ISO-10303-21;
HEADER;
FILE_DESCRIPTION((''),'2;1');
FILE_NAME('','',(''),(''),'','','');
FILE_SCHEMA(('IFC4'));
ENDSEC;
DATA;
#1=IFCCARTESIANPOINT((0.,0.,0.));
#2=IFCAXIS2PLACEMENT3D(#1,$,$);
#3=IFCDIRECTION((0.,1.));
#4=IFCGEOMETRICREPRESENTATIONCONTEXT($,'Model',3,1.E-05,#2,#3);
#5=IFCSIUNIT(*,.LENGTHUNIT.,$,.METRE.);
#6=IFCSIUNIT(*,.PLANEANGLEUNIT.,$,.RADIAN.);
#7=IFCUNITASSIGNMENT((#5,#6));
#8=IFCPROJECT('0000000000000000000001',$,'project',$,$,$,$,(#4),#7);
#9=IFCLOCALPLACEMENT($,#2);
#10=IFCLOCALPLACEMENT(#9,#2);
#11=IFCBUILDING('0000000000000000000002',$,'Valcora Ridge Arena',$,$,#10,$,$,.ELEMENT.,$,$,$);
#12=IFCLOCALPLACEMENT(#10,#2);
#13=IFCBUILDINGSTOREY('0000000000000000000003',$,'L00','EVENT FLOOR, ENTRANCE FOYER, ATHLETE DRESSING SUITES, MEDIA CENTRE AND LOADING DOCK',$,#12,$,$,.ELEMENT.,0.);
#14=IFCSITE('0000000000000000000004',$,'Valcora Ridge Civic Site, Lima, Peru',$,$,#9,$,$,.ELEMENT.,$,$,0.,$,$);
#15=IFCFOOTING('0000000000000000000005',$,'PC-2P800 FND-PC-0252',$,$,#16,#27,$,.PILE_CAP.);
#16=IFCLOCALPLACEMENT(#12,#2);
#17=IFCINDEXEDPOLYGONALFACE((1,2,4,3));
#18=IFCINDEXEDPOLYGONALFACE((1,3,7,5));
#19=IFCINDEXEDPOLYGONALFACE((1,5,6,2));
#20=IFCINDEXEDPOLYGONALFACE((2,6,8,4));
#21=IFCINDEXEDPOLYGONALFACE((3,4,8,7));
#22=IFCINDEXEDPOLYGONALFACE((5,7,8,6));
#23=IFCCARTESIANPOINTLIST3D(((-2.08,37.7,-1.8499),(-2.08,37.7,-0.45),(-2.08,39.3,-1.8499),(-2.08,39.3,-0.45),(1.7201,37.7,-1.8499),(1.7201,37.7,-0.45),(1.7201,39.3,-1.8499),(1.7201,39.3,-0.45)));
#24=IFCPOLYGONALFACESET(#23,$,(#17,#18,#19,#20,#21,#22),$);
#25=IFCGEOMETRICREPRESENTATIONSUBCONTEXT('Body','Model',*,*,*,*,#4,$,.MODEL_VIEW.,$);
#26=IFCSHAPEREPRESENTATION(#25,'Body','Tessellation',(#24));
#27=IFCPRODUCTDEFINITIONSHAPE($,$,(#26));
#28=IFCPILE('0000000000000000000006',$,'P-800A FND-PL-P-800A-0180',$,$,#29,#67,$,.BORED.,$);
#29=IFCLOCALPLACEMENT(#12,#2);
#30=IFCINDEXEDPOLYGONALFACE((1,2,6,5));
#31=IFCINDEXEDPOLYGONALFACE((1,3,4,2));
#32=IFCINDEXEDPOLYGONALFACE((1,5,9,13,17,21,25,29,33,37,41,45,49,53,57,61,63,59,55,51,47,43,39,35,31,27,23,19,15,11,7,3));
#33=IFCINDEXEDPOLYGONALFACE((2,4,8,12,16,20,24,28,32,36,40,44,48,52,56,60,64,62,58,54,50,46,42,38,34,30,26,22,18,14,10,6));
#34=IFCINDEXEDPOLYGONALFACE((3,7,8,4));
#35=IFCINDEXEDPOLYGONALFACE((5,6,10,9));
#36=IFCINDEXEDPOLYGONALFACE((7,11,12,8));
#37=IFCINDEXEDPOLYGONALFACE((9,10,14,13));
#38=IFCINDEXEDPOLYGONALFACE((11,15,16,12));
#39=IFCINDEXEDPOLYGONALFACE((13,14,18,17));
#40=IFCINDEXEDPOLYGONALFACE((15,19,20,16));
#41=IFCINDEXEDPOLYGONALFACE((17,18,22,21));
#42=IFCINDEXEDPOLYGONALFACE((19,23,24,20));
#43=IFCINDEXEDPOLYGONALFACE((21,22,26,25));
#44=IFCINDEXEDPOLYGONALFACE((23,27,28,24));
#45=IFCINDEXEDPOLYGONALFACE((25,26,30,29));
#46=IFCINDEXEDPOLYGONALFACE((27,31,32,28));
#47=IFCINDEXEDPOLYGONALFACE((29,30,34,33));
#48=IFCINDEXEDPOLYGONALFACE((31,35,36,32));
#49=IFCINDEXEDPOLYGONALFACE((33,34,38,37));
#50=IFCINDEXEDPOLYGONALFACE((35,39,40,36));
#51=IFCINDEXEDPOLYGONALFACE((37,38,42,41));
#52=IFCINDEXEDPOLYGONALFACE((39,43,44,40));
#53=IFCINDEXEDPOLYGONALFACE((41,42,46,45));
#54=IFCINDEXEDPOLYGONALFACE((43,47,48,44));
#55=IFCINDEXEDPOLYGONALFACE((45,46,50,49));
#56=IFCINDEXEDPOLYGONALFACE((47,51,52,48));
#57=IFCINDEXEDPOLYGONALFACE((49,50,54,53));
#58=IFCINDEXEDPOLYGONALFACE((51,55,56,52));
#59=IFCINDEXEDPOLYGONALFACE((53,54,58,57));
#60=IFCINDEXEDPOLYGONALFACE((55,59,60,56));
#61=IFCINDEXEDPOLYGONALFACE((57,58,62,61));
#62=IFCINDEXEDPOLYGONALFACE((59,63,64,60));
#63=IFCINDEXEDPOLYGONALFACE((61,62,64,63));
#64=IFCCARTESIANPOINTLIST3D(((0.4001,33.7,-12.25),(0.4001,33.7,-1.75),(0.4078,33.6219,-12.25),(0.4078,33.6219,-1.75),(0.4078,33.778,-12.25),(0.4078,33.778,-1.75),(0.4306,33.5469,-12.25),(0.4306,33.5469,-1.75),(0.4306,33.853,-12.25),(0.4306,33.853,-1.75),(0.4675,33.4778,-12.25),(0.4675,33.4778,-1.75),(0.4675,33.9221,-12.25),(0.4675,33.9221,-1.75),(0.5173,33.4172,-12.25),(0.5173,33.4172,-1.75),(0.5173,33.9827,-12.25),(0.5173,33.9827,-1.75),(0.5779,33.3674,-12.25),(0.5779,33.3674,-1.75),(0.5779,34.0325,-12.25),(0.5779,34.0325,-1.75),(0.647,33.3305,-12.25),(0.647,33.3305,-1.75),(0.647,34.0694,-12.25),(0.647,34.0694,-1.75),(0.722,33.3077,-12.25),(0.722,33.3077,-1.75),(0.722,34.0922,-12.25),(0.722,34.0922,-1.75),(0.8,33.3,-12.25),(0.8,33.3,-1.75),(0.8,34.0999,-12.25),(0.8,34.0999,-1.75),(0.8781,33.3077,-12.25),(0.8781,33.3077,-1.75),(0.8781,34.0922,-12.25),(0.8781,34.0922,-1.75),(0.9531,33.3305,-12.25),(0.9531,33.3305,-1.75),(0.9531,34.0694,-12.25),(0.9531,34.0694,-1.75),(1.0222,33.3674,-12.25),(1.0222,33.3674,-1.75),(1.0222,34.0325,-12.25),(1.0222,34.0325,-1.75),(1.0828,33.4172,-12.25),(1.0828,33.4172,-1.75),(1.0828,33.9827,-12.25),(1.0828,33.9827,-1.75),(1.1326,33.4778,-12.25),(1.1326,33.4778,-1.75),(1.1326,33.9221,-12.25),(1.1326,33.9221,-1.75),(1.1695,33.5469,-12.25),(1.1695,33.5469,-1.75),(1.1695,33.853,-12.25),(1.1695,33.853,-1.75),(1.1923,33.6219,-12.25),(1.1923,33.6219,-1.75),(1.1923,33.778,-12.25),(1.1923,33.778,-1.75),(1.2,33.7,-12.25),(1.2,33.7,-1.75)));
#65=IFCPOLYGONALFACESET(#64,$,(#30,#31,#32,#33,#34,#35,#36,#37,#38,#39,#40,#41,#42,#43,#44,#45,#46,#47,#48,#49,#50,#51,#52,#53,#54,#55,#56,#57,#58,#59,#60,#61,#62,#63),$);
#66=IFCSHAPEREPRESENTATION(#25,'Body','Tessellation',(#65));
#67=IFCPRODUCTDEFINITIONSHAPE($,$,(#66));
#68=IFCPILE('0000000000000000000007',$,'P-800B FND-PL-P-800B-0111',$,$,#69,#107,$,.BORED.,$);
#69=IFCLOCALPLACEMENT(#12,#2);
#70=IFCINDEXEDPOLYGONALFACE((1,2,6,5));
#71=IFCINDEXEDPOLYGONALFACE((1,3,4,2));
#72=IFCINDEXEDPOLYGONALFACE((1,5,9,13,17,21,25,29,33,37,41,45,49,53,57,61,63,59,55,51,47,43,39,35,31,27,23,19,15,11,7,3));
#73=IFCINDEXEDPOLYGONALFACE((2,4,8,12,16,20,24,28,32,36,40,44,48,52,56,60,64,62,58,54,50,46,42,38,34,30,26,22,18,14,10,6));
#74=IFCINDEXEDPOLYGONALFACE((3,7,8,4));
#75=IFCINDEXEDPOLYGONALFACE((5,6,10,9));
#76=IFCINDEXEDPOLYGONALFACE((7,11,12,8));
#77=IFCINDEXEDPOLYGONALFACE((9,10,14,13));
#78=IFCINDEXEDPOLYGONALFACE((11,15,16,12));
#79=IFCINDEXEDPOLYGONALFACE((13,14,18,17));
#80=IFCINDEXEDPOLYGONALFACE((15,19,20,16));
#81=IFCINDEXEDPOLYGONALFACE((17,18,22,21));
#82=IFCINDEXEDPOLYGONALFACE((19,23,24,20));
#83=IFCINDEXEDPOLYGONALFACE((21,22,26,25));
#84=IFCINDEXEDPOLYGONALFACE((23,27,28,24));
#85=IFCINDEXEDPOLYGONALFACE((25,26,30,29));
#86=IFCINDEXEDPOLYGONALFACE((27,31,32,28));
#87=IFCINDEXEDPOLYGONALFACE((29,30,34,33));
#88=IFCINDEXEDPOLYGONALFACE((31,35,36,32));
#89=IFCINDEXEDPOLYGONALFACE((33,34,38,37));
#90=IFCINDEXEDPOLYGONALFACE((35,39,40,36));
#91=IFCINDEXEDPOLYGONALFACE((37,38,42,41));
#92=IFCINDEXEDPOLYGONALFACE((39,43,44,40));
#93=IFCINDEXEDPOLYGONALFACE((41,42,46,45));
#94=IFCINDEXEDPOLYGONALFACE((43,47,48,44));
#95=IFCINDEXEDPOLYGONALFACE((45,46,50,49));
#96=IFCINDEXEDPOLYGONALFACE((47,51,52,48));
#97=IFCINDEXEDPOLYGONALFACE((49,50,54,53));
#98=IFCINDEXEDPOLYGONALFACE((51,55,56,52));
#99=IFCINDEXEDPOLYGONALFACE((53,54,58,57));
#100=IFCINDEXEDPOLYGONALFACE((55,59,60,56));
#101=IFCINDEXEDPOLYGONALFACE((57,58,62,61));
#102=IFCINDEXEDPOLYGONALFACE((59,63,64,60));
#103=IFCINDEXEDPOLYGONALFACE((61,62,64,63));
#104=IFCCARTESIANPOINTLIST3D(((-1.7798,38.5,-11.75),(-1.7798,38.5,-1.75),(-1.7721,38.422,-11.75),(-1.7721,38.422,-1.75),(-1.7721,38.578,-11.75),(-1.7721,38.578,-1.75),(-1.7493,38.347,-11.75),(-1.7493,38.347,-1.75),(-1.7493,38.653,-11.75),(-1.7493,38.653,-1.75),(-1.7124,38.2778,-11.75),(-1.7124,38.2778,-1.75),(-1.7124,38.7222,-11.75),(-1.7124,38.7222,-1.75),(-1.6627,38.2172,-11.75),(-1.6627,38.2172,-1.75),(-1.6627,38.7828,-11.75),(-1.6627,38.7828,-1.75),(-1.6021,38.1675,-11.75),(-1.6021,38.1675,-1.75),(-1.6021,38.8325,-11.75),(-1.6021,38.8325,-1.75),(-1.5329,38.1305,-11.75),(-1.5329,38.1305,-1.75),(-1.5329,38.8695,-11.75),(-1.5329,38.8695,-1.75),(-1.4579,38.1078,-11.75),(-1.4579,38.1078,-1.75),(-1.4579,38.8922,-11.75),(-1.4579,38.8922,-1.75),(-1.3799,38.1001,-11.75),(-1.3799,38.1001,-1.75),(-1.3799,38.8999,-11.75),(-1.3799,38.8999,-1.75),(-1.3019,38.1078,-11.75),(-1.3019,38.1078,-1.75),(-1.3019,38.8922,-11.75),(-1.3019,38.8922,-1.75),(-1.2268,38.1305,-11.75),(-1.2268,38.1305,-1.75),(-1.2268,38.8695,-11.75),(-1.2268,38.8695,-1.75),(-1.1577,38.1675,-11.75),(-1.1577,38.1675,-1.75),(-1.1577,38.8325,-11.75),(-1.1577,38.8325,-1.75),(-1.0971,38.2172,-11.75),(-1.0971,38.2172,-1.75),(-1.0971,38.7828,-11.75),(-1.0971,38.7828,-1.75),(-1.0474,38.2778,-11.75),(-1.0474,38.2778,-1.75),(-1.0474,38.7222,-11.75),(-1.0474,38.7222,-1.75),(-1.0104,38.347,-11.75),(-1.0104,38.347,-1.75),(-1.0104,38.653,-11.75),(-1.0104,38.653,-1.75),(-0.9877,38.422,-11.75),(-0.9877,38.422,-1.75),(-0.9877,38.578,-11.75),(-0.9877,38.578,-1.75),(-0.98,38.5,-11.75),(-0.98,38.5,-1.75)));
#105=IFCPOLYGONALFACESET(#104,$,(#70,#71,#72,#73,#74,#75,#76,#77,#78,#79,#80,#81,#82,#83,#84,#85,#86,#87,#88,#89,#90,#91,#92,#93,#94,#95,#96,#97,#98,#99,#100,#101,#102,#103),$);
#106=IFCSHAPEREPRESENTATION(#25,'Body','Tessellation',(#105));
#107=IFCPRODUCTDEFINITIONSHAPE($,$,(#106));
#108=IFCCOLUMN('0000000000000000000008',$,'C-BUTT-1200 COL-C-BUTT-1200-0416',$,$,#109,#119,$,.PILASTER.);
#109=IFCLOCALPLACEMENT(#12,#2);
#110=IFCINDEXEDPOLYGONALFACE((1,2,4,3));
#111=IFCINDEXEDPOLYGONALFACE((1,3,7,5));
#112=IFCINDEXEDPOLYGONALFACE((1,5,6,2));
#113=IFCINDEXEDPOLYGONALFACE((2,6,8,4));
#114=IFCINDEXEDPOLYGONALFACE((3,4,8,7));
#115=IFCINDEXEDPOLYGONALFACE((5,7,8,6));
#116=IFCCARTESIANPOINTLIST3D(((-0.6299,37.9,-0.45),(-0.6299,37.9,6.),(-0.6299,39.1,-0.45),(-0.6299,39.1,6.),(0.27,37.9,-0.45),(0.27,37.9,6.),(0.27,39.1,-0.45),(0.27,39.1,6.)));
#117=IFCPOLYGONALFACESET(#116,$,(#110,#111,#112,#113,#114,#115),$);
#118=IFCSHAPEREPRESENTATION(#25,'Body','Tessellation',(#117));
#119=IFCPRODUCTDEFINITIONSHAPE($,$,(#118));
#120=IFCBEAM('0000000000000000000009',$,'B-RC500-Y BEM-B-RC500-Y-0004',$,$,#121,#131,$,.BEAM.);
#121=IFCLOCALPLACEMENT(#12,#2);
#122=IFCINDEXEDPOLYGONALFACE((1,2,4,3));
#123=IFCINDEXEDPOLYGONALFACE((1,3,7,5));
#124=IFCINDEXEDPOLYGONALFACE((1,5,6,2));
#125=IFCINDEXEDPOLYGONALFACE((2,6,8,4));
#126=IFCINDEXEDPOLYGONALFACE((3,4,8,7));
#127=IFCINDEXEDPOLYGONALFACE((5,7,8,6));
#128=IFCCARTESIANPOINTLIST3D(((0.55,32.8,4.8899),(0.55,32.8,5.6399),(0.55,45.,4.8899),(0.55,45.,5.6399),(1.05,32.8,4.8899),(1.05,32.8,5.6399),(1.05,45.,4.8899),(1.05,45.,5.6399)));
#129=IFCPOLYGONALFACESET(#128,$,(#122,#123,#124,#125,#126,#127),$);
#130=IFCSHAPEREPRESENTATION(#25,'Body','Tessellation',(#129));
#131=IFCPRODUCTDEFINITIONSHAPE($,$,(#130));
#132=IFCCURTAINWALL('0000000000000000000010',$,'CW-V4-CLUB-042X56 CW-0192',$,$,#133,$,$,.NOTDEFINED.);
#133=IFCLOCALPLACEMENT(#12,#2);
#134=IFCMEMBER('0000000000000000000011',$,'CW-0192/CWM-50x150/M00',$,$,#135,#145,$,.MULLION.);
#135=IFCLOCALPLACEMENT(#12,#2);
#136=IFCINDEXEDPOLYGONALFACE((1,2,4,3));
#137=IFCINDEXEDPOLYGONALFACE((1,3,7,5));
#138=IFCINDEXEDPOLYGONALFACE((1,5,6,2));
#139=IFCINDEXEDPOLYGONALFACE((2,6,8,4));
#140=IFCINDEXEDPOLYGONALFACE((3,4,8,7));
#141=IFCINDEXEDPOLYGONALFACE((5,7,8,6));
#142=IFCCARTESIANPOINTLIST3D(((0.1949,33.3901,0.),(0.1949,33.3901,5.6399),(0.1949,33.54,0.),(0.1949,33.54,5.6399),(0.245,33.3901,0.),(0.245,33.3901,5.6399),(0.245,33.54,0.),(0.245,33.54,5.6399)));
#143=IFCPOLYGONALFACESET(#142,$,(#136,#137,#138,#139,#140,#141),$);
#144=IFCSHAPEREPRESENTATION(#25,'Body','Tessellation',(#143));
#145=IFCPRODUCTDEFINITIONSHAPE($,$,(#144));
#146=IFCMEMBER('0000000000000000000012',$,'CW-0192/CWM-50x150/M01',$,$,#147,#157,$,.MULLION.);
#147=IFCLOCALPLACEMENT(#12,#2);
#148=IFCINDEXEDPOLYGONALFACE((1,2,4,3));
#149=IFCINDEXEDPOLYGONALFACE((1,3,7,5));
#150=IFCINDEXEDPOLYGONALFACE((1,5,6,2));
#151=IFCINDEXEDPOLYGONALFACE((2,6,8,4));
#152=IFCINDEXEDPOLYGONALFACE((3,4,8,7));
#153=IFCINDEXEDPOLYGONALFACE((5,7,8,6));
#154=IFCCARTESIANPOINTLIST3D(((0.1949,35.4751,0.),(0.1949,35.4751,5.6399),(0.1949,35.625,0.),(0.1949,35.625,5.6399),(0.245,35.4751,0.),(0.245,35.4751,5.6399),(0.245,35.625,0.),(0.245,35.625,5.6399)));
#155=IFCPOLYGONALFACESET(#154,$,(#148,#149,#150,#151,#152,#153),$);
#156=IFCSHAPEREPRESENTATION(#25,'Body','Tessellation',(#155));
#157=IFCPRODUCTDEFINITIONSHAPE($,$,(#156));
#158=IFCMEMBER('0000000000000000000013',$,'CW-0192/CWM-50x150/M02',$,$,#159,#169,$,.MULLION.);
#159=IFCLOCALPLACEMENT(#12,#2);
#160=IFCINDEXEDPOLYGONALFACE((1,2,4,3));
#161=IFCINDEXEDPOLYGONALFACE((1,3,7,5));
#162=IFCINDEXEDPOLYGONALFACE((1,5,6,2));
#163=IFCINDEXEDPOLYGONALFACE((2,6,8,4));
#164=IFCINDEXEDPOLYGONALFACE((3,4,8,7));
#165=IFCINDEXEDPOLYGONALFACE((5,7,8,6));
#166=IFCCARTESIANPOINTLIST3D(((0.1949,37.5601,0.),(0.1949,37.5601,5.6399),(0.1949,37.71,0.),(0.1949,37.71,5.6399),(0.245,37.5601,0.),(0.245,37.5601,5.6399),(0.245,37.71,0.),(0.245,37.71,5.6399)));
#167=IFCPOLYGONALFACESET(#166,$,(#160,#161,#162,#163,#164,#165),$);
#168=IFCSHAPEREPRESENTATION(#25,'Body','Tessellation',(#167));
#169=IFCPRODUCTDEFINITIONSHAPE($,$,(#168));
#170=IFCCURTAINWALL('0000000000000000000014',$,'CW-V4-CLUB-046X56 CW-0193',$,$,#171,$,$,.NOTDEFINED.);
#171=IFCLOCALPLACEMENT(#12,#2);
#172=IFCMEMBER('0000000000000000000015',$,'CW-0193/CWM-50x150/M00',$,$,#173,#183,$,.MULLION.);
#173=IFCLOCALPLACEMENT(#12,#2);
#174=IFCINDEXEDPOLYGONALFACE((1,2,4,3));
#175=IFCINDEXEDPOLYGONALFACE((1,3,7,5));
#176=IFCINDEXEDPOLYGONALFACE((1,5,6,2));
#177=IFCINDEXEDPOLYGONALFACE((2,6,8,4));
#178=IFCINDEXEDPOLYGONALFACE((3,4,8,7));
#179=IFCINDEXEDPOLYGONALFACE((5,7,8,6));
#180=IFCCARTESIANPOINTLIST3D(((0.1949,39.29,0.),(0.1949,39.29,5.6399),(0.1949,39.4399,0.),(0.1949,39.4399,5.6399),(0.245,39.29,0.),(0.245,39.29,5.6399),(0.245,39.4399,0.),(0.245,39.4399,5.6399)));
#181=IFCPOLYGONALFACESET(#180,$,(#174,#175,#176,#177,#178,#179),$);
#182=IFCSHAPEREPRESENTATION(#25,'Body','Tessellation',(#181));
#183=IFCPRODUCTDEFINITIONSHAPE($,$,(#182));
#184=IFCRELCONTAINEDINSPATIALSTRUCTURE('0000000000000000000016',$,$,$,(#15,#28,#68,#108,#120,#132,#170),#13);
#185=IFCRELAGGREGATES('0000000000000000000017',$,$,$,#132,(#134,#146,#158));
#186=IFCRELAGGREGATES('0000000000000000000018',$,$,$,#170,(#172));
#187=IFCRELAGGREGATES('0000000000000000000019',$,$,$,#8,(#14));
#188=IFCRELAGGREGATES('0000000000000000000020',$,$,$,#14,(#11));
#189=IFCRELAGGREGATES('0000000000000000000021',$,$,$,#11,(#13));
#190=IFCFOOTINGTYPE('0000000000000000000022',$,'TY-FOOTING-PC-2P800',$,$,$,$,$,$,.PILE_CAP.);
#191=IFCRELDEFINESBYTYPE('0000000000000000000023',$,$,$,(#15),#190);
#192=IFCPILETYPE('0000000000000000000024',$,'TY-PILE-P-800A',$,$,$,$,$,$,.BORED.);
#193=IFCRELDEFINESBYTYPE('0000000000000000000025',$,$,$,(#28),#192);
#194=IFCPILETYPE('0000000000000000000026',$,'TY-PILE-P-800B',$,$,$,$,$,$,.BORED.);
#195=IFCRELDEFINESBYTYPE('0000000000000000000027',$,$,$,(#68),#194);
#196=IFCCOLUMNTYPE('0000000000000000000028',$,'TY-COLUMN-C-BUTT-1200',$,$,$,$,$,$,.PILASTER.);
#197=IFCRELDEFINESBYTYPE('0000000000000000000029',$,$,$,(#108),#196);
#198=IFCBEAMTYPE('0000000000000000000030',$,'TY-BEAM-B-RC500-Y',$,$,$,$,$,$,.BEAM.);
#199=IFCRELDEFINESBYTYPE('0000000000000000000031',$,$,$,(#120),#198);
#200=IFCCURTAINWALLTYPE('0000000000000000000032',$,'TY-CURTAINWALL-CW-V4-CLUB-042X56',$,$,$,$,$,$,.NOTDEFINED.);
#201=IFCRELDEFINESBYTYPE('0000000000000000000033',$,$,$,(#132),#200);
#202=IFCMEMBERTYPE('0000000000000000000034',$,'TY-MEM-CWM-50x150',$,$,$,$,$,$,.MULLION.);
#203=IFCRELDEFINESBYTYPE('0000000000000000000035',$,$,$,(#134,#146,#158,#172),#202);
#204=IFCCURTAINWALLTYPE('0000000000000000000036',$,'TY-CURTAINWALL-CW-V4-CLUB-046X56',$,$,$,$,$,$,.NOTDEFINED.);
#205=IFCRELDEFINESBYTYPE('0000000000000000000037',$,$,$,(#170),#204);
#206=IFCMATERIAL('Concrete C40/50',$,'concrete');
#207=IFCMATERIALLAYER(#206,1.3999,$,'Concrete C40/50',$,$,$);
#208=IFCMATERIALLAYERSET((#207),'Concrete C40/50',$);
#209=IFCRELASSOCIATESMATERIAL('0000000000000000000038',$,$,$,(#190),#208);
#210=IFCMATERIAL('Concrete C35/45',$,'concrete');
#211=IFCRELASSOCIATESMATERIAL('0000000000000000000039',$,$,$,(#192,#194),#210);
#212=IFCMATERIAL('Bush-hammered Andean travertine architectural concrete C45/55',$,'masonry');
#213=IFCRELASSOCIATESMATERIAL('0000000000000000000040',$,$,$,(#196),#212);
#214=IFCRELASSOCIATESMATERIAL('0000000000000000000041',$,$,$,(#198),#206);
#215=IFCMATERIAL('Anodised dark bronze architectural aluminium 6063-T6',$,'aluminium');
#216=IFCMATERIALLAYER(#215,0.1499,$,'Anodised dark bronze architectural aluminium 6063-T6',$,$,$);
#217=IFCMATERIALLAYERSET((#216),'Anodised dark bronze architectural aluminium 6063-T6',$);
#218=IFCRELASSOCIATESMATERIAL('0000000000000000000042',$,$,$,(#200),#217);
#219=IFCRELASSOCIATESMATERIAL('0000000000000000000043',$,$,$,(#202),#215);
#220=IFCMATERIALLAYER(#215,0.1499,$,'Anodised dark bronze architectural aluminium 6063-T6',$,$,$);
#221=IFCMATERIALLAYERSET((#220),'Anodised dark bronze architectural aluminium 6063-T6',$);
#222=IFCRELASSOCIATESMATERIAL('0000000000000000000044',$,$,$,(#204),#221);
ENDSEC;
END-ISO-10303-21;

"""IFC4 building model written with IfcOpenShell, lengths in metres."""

from ifc_helpers import new_model, si_unit, direction, frame, origin, origin_2d, place, context, subcontext, project, spatial, rectangle, circle, extrude, material, layer, layer_set, material_profile, profile_set, type_object, element, aggregate, save


model = new_model("IFC4")

# Units and contexts
model_context = context("Model", 3, precision=1e-05, world=origin(), true_north=direction((0.0, 1.0)))
body_context = subcontext(model_context, "Body", "Model", "MODEL_VIEW")
ifc_project = project(units=[si_unit("LENGTHUNIT", "METRE"), si_unit("PLANEANGLEUNIT", "RADIAN")], contexts=[model_context])

# Site, building, storey
site_placement = place(None, origin())
site = spatial("IfcSite", under=ifc_project, at=site_placement, Name="Valcora Ridge Civic Site, Lima, Peru", CompositionType="ELEMENT", RefElevation=0.0)
building_placement = place(site_placement, origin())
building = spatial("IfcBuilding", under=site, at=building_placement, Name="Valcora Ridge Arena", CompositionType="ELEMENT")
storey_placement = place(building_placement, origin())
storey = spatial("IfcBuildingStorey", under=building, at=storey_placement, Name="L00", Description="EVENT FLOOR, ENTRANCE FOYER, ATHLETE DRESSING SUITES, MEDIA CENTRE AND LOADING DOCK", CompositionType="ELEMENT", Elevation=0.0)

# Footing
ifc_material_1 = material(Name="Concrete C40/50", Category="concrete")
ifc_layer_1 = layer(ifc_material_1, 1.3999, Name="Concrete C40/50")
ifc_layer_set_1 = layer_set([ifc_layer_1], Name="Concrete C40/50")
footing_type = type_object("IfcFootingType", Name="TY-FOOTING-PC-2P800", PredefinedType="PILE_CAP", material=ifc_layer_set_1)
footing_placement = place(storey_placement, frame((-0.1799, 38.5, -1.8499), z_axis=(0.0, 0.0, 1.0), x_axis=(1.0, 0.0, 0.0)))
element("IfcFooting", 1, at=footing_placement, inside=storey, type_object=footing_type, Name="PC-2P800 FND-PC-0252", PredefinedType="PILE_CAP", context=body_context, shape_type="SweptSolid", body=[
    extrude(rectangle(XDim=3.8, YDim=1.6001, at=origin_2d()), origin(), (0.0, 0.0, 1.0), 1.3999),
])

# Piles
ifc_material_2 = material(Name="Concrete C35/45", Category="concrete")
ifc_material_profile_1 = material_profile(ifc_material_2, circle(Radius=0.3999, at=origin_2d()), Name="BORED PILE D800")
ifc_profile_set_1 = profile_set([ifc_material_profile_1], Name="Concrete C35/45")
pile_type_1 = type_object("IfcPileType", Name="TY-PILE-P-800A", PredefinedType="BORED", material=ifc_profile_set_1)
pile_1_placement = place(storey_placement, frame((0.8, 33.7, -1.75), z_axis=(0.0, 0.0, -1.0), x_axis=(1.0, 0.0, 0.0)))
element("IfcPile", 2, at=pile_1_placement, inside=storey, type_object=pile_type_1, Name="P-800A FND-PL-P-800A-0180", PredefinedType="BORED", context=body_context, shape_type="SweptSolid", body=[
    extrude(circle(Radius=0.3999, at=origin_2d()), origin(), (0.0, 0.0, 1.0), 10.5),
])
ifc_material_profile_2 = material_profile(ifc_material_2, circle(Radius=0.3999, at=origin_2d()), Name="BORED PILE D800")
ifc_profile_set_2 = profile_set([ifc_material_profile_2], Name="Concrete C35/45")
pile_type_2 = type_object("IfcPileType", Name="TY-PILE-P-800B", PredefinedType="BORED", material=ifc_profile_set_2)
pile_2_placement = place(storey_placement, frame((-1.3799, 38.5, -1.75), z_axis=(0.0, 0.0, -1.0), x_axis=(1.0, 0.0, 0.0)))
element("IfcPile", 3, at=pile_2_placement, inside=storey, type_object=pile_type_2, Name="P-800B FND-PL-P-800B-0111", PredefinedType="BORED", context=body_context, shape_type="SweptSolid", body=[
    extrude(circle(Radius=0.3999, at=origin_2d()), origin(), (0.0, 0.0, 1.0), 10.0),
])

# Column
ifc_material_3 = material(Name="Bush-hammered Andean travertine architectural concrete C45/55", Category="masonry")
ifc_material_profile_3 = material_profile(ifc_material_3, rectangle(XDim=0.8999, YDim=1.2, at=origin_2d()), Name="RC 900x1200")
ifc_profile_set_3 = profile_set([ifc_material_profile_3], Name="Bush-hammered Andean travertine architectural concrete C45/55")
column_type = type_object("IfcColumnType", Name="TY-COLUMN-C-BUTT-1200", PredefinedType="PILASTER", material=ifc_profile_set_3)
column_placement = place(storey_placement, frame((-0.1799, 38.5, -0.45), z_axis=(0.0, 0.0, 1.0), x_axis=(1.0, 0.0, 0.0)))
element("IfcColumn", 4, at=column_placement, inside=storey, type_object=column_type, Name="C-BUTT-1200 COL-C-BUTT-1200-0416", PredefinedType="PILASTER", context=body_context, shape_type="SweptSolid", body=[
    extrude(rectangle(XDim=0.8999, YDim=1.2, at=origin_2d()), origin(), (0.0, 0.0, 1.0), 6.45),
])

# Beam
ifc_material_profile_4 = material_profile(ifc_material_1, rectangle(XDim=0.5, YDim=0.75, at=origin_2d()), Name="RC 500x750")
ifc_profile_set_4 = profile_set([ifc_material_profile_4], Name="Concrete C40/50")
beam_type = type_object("IfcBeamType", Name="TY-BEAM-B-RC500-Y", PredefinedType="BEAM", material=ifc_profile_set_4)
beam_placement = place(storey_placement, frame((0.8, 32.8, 5.2649), z_axis=(0.0, 1.0, 0.0), x_axis=(-1.0, 0.0, 0.0)))
element("IfcBeam", 5, at=beam_placement, inside=storey, type_object=beam_type, Name="B-RC500-Y BEM-B-RC500-Y-0004", PredefinedType="BEAM", context=body_context, shape_type="SweptSolid", body=[
    extrude(rectangle(XDim=0.5, YDim=0.75, at=origin_2d()), origin(), (0.0, 0.0, 1.0), 12.2),
])

# Curtain walls, members
ifc_material_4 = material(Name="Anodised dark bronze architectural aluminium 6063-T6", Category="aluminium")
ifc_layer_2 = layer(ifc_material_4, 0.1499, Name="Anodised dark bronze architectural aluminium 6063-T6")
ifc_layer_set_2 = layer_set([ifc_layer_2], Name="Anodised dark bronze architectural aluminium 6063-T6")
curtain_wall_type_1 = type_object("IfcCurtainWallType", Name="TY-CURTAINWALL-CW-V4-CLUB-042X56", PredefinedType="NOTDEFINED", material=ifc_layer_set_2)
curtain_wall_1_placement = place(storey_placement, origin())
curtain_wall_1 = element("IfcCurtainWall", 6, at=curtain_wall_1_placement, inside=storey, type_object=curtain_wall_type_1, Name="CW-V4-CLUB-042X56 CW-0192", PredefinedType="NOTDEFINED")
ifc_material_profile_5 = material_profile(ifc_material_4, rectangle(XDim=0.05, YDim=0.1499, at=origin_2d()), Name="ALU MULLION 50x150")
ifc_profile_set_5 = profile_set([ifc_material_profile_5], Name="Anodised dark bronze architectural aluminium 6063-T6")
member_type_1 = type_object("IfcMemberType", Name="TY-MEM-CWM-50x150", PredefinedType="MULLION", material=ifc_profile_set_5)
member_1_placement = place(storey_placement, frame((0.22, 33.4651, 0.0), z_axis=(0.0, 0.0, 1.0), x_axis=(-1.0, 0.0, 0.0)))
member_1 = element("IfcMember", 7, at=member_1_placement, type_object=member_type_1, Name="CW-0192/CWM-50x150/M00", PredefinedType="MULLION", context=body_context, shape_type="SweptSolid", body=[
    extrude(rectangle(XDim=0.05, YDim=0.1499, at=origin_2d()), origin(), (0.0, 0.0, 1.0), 5.6399),
])
member_2_placement = place(storey_placement, frame((0.22, 35.55, 0.0), z_axis=(0.0, 0.0, 1.0), x_axis=(-1.0, 0.0, 0.0)))
member_2 = element("IfcMember", 8, at=member_2_placement, type_object=member_type_1, Name="CW-0192/CWM-50x150/M01", PredefinedType="MULLION", context=body_context, shape_type="SweptSolid", body=[
    extrude(rectangle(XDim=0.05, YDim=0.1499, at=origin_2d()), origin(), (0.0, 0.0, 1.0), 5.6399),
])
member_3_placement = place(storey_placement, frame((0.22, 37.635, 0.0), z_axis=(0.0, 0.0, 1.0), x_axis=(-1.0, 0.0, 0.0)))
member_3 = element("IfcMember", 9, at=member_3_placement, type_object=member_type_1, Name="CW-0192/CWM-50x150/M02", PredefinedType="MULLION", context=body_context, shape_type="SweptSolid", body=[
    extrude(rectangle(XDim=0.05, YDim=0.1499, at=origin_2d()), origin(), (0.0, 0.0, 1.0), 5.6399),
])
ifc_layer_3 = layer(ifc_material_4, 0.1499, Name="Anodised dark bronze architectural aluminium 6063-T6")
ifc_layer_set_3 = layer_set([ifc_layer_3], Name="Anodised dark bronze architectural aluminium 6063-T6")
curtain_wall_type_2 = type_object("IfcCurtainWallType", Name="TY-CURTAINWALL-CW-V4-CLUB-046X56", PredefinedType="NOTDEFINED", material=ifc_layer_set_3)
curtain_wall_2_placement = place(storey_placement, origin())
curtain_wall_2 = element("IfcCurtainWall", 10, at=curtain_wall_2_placement, inside=storey, type_object=curtain_wall_type_2, Name="CW-V4-CLUB-046X56 CW-0193", PredefinedType="NOTDEFINED")
member_4_placement = place(storey_placement, frame((0.22, 39.365, 0.0), z_axis=(0.0, 0.0, 1.0), x_axis=(-1.0, 0.0, 0.0)))
member_4 = element("IfcMember", 11, at=member_4_placement, type_object=member_type_1, Name="CW-0193/CWM-50x150/M00", PredefinedType="MULLION", context=body_context, shape_type="SweptSolid", body=[
    extrude(rectangle(XDim=0.05, YDim=0.1499, at=origin_2d()), origin(), (0.0, 0.0, 1.0), 5.6399),
])

aggregate(curtain_wall_1, [member_1, member_2, member_3])
aggregate(curtain_wall_2, [member_4])

save(model, "model.ifc")
